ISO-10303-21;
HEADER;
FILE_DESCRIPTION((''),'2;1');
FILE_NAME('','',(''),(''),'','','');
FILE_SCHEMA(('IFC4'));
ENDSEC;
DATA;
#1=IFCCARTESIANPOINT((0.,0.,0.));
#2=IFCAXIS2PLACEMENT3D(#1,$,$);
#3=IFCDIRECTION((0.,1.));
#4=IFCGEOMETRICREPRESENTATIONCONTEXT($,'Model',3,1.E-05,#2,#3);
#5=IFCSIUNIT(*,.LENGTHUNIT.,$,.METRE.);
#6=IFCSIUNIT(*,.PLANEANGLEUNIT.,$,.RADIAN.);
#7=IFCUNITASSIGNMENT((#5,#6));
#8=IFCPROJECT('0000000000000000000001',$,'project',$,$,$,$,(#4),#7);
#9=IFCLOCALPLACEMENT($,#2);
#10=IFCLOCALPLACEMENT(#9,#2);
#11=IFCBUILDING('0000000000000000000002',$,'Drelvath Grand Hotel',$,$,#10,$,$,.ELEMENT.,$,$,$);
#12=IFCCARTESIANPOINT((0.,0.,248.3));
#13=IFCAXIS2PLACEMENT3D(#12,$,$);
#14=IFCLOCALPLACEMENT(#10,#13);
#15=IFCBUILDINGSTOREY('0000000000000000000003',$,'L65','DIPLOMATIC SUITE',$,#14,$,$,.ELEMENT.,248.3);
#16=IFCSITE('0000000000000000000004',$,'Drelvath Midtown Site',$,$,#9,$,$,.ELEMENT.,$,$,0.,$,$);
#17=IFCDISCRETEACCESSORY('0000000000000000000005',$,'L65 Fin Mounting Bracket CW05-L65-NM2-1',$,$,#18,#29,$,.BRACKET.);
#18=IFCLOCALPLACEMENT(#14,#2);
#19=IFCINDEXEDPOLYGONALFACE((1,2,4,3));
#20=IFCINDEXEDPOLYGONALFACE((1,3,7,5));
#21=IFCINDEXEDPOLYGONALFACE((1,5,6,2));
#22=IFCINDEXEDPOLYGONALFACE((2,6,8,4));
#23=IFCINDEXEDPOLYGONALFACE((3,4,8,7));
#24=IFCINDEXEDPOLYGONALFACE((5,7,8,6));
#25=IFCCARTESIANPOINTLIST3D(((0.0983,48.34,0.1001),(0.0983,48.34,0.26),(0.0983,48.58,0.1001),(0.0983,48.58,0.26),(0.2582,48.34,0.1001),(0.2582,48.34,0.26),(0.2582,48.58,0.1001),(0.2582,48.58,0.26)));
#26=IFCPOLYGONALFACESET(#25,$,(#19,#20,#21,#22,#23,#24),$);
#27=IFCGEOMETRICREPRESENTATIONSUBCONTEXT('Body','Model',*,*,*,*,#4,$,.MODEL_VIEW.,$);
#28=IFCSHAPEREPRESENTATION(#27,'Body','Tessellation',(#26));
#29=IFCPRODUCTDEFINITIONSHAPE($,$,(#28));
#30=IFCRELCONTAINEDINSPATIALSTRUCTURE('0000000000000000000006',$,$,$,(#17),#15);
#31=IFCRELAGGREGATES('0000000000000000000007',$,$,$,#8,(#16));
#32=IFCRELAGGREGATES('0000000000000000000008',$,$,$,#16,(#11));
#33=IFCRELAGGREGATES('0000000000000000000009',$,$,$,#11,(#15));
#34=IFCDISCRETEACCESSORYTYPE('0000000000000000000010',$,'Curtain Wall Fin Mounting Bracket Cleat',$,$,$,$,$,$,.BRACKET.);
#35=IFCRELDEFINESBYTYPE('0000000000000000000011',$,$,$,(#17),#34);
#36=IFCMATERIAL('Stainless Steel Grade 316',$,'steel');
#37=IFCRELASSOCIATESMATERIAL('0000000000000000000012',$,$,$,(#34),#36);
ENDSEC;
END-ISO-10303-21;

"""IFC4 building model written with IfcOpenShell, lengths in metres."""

from ifc_helpers import new_model, si_unit, direction, frame, origin, origin_2d, place, context, subcontext, project, spatial, rectangle, extrude, material, type_object, element, save


model = new_model("IFC4")

# Units and contexts
model_context = context("Model", 3, precision=1e-05, world=origin(), true_north=direction((0.0, 1.0)))
body_context = subcontext(model_context, "Body", "Model", "MODEL_VIEW")
ifc_project = project(units=[si_unit("LENGTHUNIT", "METRE"), si_unit("PLANEANGLEUNIT", "RADIAN")], contexts=[model_context])

# Site, building, storey
site_placement = place(None, origin())
site = spatial("IfcSite", under=ifc_project, at=site_placement, Name="Drelvath Midtown Site", CompositionType="ELEMENT", RefElevation=0.0)
building_placement = place(site_placement, origin())
building = spatial("IfcBuilding", under=site, at=building_placement, Name="Drelvath Grand Hotel", CompositionType="ELEMENT")
storey_placement = place(building_placement, frame((0.0, 0.0, 248.3)))
storey = spatial("IfcBuildingStorey", under=building, at=storey_placement, Name="L65", Description="DIPLOMATIC SUITE", CompositionType="ELEMENT", Elevation=248.3)

# Discrete accessory
ifc_material_1 = material(Name="Stainless Steel Grade 316", Category="steel")
discrete_accessory_type = type_object("IfcDiscreteAccessoryType", Name="Curtain Wall Fin Mounting Bracket Cleat", PredefinedType="BRACKET", material=ifc_material_1)
discrete_accessory_placement = place(storey_placement, frame((0.1782, 48.46, 0.1001), z_axis=(0.0, 0.0, 1.0), x_axis=(1.0, 0.0, 0.0)))
element("IfcDiscreteAccessory", 1, at=discrete_accessory_placement, inside=storey, type_object=discrete_accessory_type, Name="L65 Fin Mounting Bracket CW05-L65-NM2-1", PredefinedType="BRACKET", context=body_context, shape_type="SweptSolid", body=[
    extrude(rectangle(XDim=0.1599, YDim=0.24, at=origin_2d()), origin(), (0.0, 0.0, 1.0), 0.1599),
])

save(model, "model.ifc")
